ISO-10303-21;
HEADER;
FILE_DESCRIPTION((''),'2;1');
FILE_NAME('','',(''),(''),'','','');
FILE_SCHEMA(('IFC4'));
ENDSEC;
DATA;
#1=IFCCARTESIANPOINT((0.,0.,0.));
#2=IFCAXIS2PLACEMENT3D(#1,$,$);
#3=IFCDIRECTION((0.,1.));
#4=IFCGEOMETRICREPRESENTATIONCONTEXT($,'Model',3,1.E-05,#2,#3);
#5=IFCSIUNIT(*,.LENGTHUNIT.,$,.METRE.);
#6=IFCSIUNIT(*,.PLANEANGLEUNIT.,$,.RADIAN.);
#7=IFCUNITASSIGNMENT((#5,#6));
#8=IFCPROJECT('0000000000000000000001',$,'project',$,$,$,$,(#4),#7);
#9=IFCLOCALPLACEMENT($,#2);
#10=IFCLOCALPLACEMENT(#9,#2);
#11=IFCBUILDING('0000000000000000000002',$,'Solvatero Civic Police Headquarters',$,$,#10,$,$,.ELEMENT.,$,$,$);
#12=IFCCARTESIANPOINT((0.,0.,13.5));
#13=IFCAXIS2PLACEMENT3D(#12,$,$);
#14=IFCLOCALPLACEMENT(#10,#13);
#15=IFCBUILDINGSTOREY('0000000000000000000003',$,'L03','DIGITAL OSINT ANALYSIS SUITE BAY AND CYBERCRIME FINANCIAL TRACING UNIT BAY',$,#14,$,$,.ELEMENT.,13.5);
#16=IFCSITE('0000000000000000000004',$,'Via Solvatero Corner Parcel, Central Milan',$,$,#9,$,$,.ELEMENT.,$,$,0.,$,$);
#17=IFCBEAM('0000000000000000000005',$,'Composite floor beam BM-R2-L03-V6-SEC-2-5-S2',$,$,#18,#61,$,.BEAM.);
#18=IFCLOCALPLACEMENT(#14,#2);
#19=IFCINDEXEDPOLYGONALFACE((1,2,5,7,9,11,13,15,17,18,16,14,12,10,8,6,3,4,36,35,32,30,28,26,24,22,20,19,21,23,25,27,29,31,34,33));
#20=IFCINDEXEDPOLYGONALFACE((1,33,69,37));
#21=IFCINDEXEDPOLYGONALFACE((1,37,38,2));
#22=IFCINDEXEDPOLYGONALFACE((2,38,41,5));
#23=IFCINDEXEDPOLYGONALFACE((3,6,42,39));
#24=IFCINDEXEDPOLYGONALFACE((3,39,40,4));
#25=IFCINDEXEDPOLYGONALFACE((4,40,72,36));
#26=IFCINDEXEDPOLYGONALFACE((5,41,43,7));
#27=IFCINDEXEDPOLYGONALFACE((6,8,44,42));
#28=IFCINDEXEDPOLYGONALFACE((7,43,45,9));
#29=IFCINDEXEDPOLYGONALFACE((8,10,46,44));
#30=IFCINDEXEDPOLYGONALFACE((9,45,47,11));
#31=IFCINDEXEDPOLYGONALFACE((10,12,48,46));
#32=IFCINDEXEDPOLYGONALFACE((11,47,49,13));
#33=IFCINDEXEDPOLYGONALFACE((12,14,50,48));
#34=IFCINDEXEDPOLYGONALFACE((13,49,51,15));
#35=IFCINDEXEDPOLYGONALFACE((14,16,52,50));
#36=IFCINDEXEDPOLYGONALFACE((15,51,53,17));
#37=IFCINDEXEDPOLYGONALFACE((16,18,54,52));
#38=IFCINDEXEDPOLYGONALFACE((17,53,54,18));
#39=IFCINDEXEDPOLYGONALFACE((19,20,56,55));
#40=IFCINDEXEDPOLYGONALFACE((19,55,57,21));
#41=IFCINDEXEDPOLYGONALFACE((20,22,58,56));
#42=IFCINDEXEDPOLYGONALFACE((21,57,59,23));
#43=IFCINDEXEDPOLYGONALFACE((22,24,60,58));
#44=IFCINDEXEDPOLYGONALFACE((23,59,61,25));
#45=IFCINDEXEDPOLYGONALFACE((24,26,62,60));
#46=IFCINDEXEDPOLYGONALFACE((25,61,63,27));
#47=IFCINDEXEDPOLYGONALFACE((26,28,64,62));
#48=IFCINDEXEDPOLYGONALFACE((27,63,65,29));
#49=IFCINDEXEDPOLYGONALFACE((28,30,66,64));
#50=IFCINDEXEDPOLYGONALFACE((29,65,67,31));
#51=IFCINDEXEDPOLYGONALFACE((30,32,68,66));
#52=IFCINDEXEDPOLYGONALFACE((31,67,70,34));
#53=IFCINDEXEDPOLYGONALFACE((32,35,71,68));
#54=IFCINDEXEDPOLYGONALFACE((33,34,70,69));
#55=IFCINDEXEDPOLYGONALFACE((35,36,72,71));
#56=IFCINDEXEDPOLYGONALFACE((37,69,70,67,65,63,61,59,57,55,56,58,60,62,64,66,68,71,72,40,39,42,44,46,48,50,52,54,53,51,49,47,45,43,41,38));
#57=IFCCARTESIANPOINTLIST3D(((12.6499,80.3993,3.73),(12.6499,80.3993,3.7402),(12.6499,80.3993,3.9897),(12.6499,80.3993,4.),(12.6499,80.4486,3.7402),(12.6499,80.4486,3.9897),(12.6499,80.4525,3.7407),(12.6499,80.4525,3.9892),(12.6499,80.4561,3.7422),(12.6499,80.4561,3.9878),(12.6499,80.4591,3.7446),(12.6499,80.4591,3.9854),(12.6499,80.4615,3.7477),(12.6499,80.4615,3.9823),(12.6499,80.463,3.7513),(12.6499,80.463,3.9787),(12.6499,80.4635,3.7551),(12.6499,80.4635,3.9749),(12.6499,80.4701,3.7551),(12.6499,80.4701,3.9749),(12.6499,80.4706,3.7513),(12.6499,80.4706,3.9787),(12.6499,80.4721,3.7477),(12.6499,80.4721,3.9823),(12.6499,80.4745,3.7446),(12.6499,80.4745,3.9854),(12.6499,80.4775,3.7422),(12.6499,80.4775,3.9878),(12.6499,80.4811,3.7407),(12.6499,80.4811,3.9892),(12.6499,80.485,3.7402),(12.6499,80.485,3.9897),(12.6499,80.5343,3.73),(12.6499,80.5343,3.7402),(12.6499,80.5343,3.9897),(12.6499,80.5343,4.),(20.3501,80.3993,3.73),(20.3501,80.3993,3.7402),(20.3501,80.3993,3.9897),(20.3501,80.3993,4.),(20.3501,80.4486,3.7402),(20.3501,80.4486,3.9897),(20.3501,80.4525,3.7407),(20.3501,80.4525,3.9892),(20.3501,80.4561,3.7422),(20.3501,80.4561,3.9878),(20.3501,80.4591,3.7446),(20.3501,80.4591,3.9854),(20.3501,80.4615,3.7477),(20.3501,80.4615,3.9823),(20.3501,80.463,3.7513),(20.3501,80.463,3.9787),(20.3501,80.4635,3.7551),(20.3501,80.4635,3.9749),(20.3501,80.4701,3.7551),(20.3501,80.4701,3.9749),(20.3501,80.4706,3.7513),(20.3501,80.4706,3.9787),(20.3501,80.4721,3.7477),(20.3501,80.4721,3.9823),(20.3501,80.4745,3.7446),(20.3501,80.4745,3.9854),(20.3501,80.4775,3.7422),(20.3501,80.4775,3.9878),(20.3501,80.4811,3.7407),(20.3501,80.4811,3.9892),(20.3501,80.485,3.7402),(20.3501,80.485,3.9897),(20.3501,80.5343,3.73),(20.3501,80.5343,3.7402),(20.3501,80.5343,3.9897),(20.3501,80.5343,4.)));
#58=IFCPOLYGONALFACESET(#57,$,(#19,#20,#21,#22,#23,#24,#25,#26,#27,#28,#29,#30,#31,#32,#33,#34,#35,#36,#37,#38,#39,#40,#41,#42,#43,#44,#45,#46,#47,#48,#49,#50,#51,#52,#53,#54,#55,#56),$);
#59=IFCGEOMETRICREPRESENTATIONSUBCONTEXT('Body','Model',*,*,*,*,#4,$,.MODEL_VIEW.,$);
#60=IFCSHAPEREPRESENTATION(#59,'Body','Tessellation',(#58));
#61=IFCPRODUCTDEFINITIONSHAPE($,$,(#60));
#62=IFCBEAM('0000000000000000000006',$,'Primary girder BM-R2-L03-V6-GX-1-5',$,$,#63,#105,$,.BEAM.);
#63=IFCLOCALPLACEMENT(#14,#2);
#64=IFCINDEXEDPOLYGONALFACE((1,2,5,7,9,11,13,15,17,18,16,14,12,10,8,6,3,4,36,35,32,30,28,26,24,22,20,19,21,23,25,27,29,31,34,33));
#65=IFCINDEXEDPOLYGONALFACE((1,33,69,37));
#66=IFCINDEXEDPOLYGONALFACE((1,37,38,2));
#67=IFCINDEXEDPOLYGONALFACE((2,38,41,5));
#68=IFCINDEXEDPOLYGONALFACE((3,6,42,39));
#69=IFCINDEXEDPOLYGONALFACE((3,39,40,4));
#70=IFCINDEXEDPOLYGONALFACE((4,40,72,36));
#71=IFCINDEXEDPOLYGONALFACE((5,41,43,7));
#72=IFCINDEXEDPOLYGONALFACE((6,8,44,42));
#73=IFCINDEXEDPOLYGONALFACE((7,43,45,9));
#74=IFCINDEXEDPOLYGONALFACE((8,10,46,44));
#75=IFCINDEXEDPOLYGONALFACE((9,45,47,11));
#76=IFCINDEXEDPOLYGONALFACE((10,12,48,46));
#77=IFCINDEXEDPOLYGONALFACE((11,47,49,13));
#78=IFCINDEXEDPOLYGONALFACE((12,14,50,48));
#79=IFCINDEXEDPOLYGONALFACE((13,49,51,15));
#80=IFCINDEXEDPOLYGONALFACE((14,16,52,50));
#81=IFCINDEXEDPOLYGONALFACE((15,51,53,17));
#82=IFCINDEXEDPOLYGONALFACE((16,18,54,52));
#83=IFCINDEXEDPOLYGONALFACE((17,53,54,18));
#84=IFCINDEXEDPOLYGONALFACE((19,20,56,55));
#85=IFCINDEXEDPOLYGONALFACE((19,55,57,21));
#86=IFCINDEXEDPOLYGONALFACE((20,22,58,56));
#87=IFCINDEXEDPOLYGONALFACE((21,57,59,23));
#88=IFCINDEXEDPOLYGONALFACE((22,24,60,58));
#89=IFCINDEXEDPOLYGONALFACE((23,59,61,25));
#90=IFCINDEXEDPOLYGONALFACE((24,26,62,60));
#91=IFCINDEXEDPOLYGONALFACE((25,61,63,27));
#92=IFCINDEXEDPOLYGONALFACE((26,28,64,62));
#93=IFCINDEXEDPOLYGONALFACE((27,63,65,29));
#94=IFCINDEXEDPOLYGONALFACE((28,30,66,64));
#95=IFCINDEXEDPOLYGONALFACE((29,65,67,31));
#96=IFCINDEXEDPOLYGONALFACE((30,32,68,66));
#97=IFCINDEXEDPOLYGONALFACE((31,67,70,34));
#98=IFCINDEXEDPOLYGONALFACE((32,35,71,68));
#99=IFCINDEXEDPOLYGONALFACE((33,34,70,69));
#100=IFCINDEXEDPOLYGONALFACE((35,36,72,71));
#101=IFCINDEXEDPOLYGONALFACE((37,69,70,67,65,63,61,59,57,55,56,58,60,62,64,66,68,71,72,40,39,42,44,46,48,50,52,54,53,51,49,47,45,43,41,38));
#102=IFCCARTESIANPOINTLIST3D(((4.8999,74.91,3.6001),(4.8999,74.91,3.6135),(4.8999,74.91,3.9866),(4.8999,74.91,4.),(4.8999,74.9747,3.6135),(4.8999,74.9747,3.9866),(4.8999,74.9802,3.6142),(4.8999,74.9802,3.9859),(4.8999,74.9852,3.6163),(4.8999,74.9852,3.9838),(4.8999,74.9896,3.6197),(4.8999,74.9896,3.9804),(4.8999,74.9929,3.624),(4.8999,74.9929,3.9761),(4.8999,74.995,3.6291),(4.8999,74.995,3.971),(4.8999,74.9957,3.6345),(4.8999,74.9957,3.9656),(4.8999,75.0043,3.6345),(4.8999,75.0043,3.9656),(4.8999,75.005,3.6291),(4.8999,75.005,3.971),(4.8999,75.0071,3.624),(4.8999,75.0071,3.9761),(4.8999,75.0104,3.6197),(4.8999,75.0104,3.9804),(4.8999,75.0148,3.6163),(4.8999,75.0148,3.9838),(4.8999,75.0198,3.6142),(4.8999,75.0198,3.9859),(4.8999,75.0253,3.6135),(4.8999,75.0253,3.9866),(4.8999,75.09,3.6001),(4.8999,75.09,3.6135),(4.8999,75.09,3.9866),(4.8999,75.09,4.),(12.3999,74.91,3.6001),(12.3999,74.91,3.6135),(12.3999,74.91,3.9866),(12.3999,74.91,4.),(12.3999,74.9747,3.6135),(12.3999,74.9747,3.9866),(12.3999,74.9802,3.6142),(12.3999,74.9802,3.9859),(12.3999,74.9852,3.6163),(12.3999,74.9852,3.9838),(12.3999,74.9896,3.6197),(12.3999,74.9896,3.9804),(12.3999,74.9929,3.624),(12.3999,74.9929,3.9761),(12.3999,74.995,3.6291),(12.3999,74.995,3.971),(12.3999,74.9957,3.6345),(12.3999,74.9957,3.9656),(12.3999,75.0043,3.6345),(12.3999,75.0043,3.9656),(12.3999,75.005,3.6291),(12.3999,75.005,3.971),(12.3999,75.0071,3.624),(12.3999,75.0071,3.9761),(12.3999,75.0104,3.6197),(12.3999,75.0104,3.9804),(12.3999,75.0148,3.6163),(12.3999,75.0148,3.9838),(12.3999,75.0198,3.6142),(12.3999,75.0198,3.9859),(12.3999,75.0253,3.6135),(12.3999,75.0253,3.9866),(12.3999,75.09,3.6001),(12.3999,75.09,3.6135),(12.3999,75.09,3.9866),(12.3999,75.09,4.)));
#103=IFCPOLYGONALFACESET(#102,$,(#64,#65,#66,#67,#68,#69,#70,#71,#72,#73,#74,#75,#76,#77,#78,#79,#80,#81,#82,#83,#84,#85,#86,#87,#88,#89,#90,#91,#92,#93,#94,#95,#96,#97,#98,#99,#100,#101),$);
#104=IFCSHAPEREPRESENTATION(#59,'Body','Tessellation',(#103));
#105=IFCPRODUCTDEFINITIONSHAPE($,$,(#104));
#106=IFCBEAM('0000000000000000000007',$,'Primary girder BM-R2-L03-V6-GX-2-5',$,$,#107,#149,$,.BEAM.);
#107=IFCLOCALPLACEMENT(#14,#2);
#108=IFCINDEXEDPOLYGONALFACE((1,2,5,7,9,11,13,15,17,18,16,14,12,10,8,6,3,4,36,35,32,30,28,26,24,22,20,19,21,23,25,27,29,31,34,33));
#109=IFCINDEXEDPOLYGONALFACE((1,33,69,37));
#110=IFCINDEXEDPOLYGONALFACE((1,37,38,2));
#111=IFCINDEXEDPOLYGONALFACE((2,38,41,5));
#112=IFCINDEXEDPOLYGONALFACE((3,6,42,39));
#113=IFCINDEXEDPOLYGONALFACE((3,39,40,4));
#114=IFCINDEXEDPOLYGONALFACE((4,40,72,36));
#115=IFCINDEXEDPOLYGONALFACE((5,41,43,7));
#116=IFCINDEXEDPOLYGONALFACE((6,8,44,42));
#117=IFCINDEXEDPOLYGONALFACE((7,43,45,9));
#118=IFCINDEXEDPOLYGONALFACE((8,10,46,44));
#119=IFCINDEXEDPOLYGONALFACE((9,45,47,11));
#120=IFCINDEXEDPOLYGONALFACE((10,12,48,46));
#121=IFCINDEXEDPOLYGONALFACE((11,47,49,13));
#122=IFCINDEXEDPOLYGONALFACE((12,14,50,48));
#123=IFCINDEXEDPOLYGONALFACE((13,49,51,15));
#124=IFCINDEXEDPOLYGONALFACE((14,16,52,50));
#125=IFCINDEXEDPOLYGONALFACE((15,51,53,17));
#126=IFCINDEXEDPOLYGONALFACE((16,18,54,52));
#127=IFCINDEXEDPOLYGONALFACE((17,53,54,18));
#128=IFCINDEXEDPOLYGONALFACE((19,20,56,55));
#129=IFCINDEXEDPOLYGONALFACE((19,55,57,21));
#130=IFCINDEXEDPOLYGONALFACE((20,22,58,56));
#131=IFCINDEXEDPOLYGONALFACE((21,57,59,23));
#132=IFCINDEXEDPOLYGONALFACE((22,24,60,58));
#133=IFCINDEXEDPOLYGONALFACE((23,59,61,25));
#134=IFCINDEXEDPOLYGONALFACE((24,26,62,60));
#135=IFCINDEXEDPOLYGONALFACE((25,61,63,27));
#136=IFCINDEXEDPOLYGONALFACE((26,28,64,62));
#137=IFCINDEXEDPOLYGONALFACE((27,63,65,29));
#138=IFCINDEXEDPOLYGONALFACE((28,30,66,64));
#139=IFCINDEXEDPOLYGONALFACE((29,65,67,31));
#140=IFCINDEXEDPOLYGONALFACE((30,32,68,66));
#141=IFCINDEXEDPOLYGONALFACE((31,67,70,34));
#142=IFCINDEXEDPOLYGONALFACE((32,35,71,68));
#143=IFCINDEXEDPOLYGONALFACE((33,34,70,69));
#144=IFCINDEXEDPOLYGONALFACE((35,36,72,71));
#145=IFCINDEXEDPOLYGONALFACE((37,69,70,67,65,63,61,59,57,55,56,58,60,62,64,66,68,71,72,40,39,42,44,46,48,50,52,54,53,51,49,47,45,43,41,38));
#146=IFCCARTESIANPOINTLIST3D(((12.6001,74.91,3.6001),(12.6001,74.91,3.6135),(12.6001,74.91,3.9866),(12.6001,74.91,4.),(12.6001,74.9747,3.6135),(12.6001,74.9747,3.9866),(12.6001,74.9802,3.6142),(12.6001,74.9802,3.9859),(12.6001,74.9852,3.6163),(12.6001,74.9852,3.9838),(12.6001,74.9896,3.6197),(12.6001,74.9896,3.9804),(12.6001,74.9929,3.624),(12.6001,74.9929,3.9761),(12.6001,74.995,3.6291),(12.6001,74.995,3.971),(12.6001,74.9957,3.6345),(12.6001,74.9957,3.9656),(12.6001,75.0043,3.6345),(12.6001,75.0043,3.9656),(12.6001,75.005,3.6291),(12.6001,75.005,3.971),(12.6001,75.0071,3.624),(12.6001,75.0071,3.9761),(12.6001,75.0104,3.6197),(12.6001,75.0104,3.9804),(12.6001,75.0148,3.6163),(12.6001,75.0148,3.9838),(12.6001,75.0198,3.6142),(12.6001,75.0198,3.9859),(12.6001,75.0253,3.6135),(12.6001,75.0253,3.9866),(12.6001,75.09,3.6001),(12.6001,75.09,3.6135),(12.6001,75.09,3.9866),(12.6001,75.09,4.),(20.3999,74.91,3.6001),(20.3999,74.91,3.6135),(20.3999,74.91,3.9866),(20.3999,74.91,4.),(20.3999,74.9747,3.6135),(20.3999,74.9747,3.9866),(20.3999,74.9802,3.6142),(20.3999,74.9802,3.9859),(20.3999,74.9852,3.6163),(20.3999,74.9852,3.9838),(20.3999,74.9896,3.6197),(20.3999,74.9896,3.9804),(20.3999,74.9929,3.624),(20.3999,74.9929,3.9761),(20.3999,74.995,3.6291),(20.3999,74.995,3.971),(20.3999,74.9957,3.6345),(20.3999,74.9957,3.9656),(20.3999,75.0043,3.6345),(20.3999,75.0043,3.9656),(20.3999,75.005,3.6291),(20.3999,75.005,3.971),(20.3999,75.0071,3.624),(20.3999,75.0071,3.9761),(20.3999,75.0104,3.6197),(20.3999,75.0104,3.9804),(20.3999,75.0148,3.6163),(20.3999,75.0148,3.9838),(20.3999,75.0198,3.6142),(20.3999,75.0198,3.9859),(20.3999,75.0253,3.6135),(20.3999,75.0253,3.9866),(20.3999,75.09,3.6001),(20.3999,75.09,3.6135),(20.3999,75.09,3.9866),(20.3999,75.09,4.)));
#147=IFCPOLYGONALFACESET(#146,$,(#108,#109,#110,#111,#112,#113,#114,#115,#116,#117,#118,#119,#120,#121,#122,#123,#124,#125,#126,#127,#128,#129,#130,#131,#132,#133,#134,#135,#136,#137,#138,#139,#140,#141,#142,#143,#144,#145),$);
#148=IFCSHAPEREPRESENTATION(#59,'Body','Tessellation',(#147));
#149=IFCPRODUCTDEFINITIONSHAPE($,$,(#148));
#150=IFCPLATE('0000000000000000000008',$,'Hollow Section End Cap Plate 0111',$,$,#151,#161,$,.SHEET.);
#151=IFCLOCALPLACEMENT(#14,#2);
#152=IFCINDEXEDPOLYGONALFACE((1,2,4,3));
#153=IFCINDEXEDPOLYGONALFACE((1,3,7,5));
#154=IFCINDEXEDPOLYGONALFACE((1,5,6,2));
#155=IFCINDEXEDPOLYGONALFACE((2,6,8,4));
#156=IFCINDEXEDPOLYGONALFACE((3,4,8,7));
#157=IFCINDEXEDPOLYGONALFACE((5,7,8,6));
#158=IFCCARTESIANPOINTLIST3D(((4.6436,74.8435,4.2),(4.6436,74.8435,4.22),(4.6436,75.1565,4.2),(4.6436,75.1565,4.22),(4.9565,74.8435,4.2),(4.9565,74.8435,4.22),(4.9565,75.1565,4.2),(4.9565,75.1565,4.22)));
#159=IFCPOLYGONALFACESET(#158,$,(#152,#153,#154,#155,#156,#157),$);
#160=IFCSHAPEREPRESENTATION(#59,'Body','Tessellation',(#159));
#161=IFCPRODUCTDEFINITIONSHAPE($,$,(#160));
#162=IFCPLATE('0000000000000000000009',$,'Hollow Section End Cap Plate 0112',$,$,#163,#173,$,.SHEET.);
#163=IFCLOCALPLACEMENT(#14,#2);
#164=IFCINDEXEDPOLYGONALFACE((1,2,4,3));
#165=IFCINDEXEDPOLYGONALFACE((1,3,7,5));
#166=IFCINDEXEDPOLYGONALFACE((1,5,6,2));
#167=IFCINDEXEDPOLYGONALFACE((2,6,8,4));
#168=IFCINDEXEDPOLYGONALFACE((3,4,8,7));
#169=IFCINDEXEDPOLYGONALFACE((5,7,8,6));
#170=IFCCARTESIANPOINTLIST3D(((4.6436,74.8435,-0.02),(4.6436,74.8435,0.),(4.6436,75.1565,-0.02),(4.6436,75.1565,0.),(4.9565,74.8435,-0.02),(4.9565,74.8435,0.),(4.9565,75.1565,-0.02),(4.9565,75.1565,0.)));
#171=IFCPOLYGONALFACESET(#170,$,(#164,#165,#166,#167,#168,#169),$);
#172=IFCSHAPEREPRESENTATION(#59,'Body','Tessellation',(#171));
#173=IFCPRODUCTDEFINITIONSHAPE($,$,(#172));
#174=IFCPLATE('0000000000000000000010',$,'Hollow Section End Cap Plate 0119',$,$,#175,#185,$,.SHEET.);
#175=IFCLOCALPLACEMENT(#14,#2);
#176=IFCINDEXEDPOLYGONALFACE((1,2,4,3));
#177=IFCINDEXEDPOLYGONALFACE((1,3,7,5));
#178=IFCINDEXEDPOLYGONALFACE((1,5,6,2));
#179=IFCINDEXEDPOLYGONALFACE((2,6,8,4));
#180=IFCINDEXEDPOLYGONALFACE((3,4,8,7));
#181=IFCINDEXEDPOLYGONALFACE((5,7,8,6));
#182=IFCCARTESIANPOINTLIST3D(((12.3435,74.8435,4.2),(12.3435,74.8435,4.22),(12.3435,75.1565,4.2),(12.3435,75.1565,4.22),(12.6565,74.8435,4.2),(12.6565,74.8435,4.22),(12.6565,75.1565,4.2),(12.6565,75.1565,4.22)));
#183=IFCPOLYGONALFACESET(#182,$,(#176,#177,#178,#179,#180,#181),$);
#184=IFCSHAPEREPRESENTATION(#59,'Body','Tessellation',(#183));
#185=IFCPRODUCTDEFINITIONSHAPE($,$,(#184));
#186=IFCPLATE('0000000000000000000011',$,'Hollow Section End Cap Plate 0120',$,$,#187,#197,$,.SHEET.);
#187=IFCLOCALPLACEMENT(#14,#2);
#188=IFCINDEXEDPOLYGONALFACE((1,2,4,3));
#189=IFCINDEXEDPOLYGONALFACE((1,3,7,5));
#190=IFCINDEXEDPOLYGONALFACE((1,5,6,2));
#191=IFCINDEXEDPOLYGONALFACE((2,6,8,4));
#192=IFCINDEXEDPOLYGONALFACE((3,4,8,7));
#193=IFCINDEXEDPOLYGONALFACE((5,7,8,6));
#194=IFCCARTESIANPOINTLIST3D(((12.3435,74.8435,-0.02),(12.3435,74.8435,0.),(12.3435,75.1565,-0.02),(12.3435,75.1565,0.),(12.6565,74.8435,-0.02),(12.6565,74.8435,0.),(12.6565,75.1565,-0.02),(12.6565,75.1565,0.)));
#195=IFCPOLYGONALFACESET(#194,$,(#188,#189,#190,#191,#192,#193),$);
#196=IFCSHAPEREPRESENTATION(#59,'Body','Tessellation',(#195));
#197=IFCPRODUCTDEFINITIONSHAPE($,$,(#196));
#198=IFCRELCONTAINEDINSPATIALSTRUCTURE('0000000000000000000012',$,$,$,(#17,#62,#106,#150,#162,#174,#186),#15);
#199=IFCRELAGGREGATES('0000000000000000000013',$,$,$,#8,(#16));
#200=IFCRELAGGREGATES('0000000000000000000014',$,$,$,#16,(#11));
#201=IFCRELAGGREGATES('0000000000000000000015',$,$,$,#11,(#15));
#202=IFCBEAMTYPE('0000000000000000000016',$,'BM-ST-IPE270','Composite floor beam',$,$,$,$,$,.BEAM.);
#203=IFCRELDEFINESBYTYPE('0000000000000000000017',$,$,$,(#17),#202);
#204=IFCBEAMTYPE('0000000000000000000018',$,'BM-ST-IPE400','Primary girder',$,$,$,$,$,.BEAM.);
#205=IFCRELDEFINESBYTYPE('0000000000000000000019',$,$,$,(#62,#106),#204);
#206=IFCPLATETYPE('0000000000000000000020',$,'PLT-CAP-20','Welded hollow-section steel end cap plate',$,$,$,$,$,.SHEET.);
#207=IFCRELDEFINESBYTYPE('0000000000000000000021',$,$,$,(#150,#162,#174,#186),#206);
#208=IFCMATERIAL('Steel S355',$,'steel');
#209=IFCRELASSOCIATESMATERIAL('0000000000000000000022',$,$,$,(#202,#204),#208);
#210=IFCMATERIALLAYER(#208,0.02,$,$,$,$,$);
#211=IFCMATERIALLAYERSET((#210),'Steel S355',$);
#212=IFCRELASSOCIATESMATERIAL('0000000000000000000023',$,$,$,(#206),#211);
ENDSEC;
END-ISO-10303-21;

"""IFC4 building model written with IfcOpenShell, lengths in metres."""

from ifc_helpers import new_model, si_unit, direction, frame, origin, origin_2d, place, context, subcontext, project, spatial, rectangle, i_section, extrude, material, layer, layer_set, material_profile, profile_set, type_object, element, save


model = new_model("IFC4")

# Units and contexts
model_context = context("Model", 3, precision=1e-05, world=origin(), true_north=direction((0.0, 1.0)))
body_context = subcontext(model_context, "Body", "Model", "MODEL_VIEW")
ifc_project = project(units=[si_unit("LENGTHUNIT", "METRE"), si_unit("PLANEANGLEUNIT", "RADIAN")], contexts=[model_context])

# Site, building, storey
site_placement = place(None, origin())
site = spatial("IfcSite", under=ifc_project, at=site_placement, Name="Via Solvatero Corner Parcel, Central Milan", CompositionType="ELEMENT", RefElevation=0.0)
building_placement = place(site_placement, origin())
building = spatial("IfcBuilding", under=site, at=building_placement, Name="Solvatero Civic Police Headquarters", CompositionType="ELEMENT")
storey_placement = place(building_placement, frame((0.0, 0.0, 13.5)))
storey = spatial("IfcBuildingStorey", under=building, at=storey_placement, Name="L03", Description="DIGITAL OSINT ANALYSIS SUITE BAY AND CYBERCRIME FINANCIAL TRACING UNIT BAY", CompositionType="ELEMENT", Elevation=13.5)

# Shared definitions
ifc_material_1 = material(Name="Steel S355", Category="steel")

# Beams
ifc_material_profile_1 = material_profile(ifc_material_1, i_section(OverallWidth=0.135, OverallDepth=0.27, WebThickness=0.0066, FlangeThickness=0.0103, FilletRadius=0.0149, at=origin_2d()), Name="IPE 270")
ifc_profile_set_1 = profile_set([ifc_material_profile_1], Name="Steel S355")
beam_type_1 = type_object("IfcBeamType", Name="BM-ST-IPE270", Description="Composite floor beam", PredefinedType="BEAM", material=ifc_profile_set_1)
for number, where, z_axis, x_axis, name in (
    (1, (12.6499, 80.4668, 3.865), (1.0, 0.0, 0.0), (0.0, 1.0, 0.0), "Composite floor beam BM-R2-L03-V6-SEC-2-5-S2"),
):
    element("IfcBeam", number, at=place(storey_placement, frame(where, z_axis=z_axis, x_axis=x_axis)), inside=storey, type_object=beam_type_1, Name=name, PredefinedType="BEAM", context=body_context, shape_type="SweptSolid", body=[
        extrude(i_section(OverallWidth=0.135, OverallDepth=0.27, WebThickness=0.0066, FlangeThickness=0.0103, FilletRadius=0.0149, at=origin_2d()), origin(), (0.0, 0.0, 1.0), 7.7002),
    ])
ifc_material_profile_2 = material_profile(ifc_material_1, i_section(OverallWidth=0.1799, OverallDepth=0.3999, WebThickness=0.0085, FlangeThickness=0.0134, FilletRadius=0.021, at=origin_2d()), Name="IPE 400")
ifc_profile_set_2 = profile_set([ifc_material_profile_2], Name="Steel S355")
beam_type_2 = type_object("IfcBeamType", Name="BM-ST-IPE400", Description="Primary girder", PredefinedType="BEAM", material=ifc_profile_set_2)
beam_1_placement = place(storey_placement, frame((4.8999, 75.0, 3.8), z_axis=(1.0, 0.0, 0.0), x_axis=(0.0, 1.0, 0.0)))
element("IfcBeam", 2, at=beam_1_placement, inside=storey, type_object=beam_type_2, Name="Primary girder BM-R2-L03-V6-GX-1-5", PredefinedType="BEAM", context=body_context, shape_type="SweptSolid", body=[
    extrude(i_section(OverallWidth=0.1799, OverallDepth=0.3999, WebThickness=0.0085, FlangeThickness=0.0134, FilletRadius=0.021, at=origin_2d()), origin(), (0.0, 0.0, 1.0), 7.5),
])
beam_2_placement = place(storey_placement, frame((12.6001, 75.0, 3.8), z_axis=(1.0, 0.0, 0.0), x_axis=(0.0, 1.0, 0.0)))
element("IfcBeam", 3, at=beam_2_placement, inside=storey, type_object=beam_type_2, Name="Primary girder BM-R2-L03-V6-GX-2-5", PredefinedType="BEAM", context=body_context, shape_type="SweptSolid", body=[
    extrude(i_section(OverallWidth=0.1799, OverallDepth=0.3999, WebThickness=0.0085, FlangeThickness=0.0134, FilletRadius=0.021, at=origin_2d()), origin(), (0.0, 0.0, 1.0), 7.7998),
])

# Plates
ifc_layer_1 = layer(ifc_material_1, 0.02)
ifc_layer_set_1 = layer_set([ifc_layer_1], Name="Steel S355")
plate_type = type_object("IfcPlateType", Name="PLT-CAP-20", Description="Welded hollow-section steel end cap plate", PredefinedType="SHEET", material=ifc_layer_set_1)
for number, where, z_axis, x_axis, name in (
    (4, (4.8, 75.0, 4.2), (0.0, 0.0, 1.0), (1.0, 0.0, 0.0), "Hollow Section End Cap Plate 0111"),
    (5, (4.8, 75.0, -0.02), (0.0, 0.0, 1.0), (1.0, 0.0, 0.0), "Hollow Section End Cap Plate 0112"),
    (6, (12.5, 75.0, 4.2), (0.0, 0.0, 1.0), (1.0, 0.0, 0.0), "Hollow Section End Cap Plate 0119"),
    (7, (12.5, 75.0, -0.02), (0.0, 0.0, 1.0), (1.0, 0.0, 0.0), "Hollow Section End Cap Plate 0120"),
):
    element("IfcPlate", number, at=place(storey_placement, frame(where, z_axis=z_axis, x_axis=x_axis)), inside=storey, type_object=plate_type, Name=name, PredefinedType="SHEET", context=body_context, shape_type="SweptSolid", body=[
        extrude(rectangle(XDim=0.313, YDim=0.313, at=origin_2d()), origin(), (0.0, 0.0, 1.0), 0.02),
    ])

save(model, "model.ifc")
